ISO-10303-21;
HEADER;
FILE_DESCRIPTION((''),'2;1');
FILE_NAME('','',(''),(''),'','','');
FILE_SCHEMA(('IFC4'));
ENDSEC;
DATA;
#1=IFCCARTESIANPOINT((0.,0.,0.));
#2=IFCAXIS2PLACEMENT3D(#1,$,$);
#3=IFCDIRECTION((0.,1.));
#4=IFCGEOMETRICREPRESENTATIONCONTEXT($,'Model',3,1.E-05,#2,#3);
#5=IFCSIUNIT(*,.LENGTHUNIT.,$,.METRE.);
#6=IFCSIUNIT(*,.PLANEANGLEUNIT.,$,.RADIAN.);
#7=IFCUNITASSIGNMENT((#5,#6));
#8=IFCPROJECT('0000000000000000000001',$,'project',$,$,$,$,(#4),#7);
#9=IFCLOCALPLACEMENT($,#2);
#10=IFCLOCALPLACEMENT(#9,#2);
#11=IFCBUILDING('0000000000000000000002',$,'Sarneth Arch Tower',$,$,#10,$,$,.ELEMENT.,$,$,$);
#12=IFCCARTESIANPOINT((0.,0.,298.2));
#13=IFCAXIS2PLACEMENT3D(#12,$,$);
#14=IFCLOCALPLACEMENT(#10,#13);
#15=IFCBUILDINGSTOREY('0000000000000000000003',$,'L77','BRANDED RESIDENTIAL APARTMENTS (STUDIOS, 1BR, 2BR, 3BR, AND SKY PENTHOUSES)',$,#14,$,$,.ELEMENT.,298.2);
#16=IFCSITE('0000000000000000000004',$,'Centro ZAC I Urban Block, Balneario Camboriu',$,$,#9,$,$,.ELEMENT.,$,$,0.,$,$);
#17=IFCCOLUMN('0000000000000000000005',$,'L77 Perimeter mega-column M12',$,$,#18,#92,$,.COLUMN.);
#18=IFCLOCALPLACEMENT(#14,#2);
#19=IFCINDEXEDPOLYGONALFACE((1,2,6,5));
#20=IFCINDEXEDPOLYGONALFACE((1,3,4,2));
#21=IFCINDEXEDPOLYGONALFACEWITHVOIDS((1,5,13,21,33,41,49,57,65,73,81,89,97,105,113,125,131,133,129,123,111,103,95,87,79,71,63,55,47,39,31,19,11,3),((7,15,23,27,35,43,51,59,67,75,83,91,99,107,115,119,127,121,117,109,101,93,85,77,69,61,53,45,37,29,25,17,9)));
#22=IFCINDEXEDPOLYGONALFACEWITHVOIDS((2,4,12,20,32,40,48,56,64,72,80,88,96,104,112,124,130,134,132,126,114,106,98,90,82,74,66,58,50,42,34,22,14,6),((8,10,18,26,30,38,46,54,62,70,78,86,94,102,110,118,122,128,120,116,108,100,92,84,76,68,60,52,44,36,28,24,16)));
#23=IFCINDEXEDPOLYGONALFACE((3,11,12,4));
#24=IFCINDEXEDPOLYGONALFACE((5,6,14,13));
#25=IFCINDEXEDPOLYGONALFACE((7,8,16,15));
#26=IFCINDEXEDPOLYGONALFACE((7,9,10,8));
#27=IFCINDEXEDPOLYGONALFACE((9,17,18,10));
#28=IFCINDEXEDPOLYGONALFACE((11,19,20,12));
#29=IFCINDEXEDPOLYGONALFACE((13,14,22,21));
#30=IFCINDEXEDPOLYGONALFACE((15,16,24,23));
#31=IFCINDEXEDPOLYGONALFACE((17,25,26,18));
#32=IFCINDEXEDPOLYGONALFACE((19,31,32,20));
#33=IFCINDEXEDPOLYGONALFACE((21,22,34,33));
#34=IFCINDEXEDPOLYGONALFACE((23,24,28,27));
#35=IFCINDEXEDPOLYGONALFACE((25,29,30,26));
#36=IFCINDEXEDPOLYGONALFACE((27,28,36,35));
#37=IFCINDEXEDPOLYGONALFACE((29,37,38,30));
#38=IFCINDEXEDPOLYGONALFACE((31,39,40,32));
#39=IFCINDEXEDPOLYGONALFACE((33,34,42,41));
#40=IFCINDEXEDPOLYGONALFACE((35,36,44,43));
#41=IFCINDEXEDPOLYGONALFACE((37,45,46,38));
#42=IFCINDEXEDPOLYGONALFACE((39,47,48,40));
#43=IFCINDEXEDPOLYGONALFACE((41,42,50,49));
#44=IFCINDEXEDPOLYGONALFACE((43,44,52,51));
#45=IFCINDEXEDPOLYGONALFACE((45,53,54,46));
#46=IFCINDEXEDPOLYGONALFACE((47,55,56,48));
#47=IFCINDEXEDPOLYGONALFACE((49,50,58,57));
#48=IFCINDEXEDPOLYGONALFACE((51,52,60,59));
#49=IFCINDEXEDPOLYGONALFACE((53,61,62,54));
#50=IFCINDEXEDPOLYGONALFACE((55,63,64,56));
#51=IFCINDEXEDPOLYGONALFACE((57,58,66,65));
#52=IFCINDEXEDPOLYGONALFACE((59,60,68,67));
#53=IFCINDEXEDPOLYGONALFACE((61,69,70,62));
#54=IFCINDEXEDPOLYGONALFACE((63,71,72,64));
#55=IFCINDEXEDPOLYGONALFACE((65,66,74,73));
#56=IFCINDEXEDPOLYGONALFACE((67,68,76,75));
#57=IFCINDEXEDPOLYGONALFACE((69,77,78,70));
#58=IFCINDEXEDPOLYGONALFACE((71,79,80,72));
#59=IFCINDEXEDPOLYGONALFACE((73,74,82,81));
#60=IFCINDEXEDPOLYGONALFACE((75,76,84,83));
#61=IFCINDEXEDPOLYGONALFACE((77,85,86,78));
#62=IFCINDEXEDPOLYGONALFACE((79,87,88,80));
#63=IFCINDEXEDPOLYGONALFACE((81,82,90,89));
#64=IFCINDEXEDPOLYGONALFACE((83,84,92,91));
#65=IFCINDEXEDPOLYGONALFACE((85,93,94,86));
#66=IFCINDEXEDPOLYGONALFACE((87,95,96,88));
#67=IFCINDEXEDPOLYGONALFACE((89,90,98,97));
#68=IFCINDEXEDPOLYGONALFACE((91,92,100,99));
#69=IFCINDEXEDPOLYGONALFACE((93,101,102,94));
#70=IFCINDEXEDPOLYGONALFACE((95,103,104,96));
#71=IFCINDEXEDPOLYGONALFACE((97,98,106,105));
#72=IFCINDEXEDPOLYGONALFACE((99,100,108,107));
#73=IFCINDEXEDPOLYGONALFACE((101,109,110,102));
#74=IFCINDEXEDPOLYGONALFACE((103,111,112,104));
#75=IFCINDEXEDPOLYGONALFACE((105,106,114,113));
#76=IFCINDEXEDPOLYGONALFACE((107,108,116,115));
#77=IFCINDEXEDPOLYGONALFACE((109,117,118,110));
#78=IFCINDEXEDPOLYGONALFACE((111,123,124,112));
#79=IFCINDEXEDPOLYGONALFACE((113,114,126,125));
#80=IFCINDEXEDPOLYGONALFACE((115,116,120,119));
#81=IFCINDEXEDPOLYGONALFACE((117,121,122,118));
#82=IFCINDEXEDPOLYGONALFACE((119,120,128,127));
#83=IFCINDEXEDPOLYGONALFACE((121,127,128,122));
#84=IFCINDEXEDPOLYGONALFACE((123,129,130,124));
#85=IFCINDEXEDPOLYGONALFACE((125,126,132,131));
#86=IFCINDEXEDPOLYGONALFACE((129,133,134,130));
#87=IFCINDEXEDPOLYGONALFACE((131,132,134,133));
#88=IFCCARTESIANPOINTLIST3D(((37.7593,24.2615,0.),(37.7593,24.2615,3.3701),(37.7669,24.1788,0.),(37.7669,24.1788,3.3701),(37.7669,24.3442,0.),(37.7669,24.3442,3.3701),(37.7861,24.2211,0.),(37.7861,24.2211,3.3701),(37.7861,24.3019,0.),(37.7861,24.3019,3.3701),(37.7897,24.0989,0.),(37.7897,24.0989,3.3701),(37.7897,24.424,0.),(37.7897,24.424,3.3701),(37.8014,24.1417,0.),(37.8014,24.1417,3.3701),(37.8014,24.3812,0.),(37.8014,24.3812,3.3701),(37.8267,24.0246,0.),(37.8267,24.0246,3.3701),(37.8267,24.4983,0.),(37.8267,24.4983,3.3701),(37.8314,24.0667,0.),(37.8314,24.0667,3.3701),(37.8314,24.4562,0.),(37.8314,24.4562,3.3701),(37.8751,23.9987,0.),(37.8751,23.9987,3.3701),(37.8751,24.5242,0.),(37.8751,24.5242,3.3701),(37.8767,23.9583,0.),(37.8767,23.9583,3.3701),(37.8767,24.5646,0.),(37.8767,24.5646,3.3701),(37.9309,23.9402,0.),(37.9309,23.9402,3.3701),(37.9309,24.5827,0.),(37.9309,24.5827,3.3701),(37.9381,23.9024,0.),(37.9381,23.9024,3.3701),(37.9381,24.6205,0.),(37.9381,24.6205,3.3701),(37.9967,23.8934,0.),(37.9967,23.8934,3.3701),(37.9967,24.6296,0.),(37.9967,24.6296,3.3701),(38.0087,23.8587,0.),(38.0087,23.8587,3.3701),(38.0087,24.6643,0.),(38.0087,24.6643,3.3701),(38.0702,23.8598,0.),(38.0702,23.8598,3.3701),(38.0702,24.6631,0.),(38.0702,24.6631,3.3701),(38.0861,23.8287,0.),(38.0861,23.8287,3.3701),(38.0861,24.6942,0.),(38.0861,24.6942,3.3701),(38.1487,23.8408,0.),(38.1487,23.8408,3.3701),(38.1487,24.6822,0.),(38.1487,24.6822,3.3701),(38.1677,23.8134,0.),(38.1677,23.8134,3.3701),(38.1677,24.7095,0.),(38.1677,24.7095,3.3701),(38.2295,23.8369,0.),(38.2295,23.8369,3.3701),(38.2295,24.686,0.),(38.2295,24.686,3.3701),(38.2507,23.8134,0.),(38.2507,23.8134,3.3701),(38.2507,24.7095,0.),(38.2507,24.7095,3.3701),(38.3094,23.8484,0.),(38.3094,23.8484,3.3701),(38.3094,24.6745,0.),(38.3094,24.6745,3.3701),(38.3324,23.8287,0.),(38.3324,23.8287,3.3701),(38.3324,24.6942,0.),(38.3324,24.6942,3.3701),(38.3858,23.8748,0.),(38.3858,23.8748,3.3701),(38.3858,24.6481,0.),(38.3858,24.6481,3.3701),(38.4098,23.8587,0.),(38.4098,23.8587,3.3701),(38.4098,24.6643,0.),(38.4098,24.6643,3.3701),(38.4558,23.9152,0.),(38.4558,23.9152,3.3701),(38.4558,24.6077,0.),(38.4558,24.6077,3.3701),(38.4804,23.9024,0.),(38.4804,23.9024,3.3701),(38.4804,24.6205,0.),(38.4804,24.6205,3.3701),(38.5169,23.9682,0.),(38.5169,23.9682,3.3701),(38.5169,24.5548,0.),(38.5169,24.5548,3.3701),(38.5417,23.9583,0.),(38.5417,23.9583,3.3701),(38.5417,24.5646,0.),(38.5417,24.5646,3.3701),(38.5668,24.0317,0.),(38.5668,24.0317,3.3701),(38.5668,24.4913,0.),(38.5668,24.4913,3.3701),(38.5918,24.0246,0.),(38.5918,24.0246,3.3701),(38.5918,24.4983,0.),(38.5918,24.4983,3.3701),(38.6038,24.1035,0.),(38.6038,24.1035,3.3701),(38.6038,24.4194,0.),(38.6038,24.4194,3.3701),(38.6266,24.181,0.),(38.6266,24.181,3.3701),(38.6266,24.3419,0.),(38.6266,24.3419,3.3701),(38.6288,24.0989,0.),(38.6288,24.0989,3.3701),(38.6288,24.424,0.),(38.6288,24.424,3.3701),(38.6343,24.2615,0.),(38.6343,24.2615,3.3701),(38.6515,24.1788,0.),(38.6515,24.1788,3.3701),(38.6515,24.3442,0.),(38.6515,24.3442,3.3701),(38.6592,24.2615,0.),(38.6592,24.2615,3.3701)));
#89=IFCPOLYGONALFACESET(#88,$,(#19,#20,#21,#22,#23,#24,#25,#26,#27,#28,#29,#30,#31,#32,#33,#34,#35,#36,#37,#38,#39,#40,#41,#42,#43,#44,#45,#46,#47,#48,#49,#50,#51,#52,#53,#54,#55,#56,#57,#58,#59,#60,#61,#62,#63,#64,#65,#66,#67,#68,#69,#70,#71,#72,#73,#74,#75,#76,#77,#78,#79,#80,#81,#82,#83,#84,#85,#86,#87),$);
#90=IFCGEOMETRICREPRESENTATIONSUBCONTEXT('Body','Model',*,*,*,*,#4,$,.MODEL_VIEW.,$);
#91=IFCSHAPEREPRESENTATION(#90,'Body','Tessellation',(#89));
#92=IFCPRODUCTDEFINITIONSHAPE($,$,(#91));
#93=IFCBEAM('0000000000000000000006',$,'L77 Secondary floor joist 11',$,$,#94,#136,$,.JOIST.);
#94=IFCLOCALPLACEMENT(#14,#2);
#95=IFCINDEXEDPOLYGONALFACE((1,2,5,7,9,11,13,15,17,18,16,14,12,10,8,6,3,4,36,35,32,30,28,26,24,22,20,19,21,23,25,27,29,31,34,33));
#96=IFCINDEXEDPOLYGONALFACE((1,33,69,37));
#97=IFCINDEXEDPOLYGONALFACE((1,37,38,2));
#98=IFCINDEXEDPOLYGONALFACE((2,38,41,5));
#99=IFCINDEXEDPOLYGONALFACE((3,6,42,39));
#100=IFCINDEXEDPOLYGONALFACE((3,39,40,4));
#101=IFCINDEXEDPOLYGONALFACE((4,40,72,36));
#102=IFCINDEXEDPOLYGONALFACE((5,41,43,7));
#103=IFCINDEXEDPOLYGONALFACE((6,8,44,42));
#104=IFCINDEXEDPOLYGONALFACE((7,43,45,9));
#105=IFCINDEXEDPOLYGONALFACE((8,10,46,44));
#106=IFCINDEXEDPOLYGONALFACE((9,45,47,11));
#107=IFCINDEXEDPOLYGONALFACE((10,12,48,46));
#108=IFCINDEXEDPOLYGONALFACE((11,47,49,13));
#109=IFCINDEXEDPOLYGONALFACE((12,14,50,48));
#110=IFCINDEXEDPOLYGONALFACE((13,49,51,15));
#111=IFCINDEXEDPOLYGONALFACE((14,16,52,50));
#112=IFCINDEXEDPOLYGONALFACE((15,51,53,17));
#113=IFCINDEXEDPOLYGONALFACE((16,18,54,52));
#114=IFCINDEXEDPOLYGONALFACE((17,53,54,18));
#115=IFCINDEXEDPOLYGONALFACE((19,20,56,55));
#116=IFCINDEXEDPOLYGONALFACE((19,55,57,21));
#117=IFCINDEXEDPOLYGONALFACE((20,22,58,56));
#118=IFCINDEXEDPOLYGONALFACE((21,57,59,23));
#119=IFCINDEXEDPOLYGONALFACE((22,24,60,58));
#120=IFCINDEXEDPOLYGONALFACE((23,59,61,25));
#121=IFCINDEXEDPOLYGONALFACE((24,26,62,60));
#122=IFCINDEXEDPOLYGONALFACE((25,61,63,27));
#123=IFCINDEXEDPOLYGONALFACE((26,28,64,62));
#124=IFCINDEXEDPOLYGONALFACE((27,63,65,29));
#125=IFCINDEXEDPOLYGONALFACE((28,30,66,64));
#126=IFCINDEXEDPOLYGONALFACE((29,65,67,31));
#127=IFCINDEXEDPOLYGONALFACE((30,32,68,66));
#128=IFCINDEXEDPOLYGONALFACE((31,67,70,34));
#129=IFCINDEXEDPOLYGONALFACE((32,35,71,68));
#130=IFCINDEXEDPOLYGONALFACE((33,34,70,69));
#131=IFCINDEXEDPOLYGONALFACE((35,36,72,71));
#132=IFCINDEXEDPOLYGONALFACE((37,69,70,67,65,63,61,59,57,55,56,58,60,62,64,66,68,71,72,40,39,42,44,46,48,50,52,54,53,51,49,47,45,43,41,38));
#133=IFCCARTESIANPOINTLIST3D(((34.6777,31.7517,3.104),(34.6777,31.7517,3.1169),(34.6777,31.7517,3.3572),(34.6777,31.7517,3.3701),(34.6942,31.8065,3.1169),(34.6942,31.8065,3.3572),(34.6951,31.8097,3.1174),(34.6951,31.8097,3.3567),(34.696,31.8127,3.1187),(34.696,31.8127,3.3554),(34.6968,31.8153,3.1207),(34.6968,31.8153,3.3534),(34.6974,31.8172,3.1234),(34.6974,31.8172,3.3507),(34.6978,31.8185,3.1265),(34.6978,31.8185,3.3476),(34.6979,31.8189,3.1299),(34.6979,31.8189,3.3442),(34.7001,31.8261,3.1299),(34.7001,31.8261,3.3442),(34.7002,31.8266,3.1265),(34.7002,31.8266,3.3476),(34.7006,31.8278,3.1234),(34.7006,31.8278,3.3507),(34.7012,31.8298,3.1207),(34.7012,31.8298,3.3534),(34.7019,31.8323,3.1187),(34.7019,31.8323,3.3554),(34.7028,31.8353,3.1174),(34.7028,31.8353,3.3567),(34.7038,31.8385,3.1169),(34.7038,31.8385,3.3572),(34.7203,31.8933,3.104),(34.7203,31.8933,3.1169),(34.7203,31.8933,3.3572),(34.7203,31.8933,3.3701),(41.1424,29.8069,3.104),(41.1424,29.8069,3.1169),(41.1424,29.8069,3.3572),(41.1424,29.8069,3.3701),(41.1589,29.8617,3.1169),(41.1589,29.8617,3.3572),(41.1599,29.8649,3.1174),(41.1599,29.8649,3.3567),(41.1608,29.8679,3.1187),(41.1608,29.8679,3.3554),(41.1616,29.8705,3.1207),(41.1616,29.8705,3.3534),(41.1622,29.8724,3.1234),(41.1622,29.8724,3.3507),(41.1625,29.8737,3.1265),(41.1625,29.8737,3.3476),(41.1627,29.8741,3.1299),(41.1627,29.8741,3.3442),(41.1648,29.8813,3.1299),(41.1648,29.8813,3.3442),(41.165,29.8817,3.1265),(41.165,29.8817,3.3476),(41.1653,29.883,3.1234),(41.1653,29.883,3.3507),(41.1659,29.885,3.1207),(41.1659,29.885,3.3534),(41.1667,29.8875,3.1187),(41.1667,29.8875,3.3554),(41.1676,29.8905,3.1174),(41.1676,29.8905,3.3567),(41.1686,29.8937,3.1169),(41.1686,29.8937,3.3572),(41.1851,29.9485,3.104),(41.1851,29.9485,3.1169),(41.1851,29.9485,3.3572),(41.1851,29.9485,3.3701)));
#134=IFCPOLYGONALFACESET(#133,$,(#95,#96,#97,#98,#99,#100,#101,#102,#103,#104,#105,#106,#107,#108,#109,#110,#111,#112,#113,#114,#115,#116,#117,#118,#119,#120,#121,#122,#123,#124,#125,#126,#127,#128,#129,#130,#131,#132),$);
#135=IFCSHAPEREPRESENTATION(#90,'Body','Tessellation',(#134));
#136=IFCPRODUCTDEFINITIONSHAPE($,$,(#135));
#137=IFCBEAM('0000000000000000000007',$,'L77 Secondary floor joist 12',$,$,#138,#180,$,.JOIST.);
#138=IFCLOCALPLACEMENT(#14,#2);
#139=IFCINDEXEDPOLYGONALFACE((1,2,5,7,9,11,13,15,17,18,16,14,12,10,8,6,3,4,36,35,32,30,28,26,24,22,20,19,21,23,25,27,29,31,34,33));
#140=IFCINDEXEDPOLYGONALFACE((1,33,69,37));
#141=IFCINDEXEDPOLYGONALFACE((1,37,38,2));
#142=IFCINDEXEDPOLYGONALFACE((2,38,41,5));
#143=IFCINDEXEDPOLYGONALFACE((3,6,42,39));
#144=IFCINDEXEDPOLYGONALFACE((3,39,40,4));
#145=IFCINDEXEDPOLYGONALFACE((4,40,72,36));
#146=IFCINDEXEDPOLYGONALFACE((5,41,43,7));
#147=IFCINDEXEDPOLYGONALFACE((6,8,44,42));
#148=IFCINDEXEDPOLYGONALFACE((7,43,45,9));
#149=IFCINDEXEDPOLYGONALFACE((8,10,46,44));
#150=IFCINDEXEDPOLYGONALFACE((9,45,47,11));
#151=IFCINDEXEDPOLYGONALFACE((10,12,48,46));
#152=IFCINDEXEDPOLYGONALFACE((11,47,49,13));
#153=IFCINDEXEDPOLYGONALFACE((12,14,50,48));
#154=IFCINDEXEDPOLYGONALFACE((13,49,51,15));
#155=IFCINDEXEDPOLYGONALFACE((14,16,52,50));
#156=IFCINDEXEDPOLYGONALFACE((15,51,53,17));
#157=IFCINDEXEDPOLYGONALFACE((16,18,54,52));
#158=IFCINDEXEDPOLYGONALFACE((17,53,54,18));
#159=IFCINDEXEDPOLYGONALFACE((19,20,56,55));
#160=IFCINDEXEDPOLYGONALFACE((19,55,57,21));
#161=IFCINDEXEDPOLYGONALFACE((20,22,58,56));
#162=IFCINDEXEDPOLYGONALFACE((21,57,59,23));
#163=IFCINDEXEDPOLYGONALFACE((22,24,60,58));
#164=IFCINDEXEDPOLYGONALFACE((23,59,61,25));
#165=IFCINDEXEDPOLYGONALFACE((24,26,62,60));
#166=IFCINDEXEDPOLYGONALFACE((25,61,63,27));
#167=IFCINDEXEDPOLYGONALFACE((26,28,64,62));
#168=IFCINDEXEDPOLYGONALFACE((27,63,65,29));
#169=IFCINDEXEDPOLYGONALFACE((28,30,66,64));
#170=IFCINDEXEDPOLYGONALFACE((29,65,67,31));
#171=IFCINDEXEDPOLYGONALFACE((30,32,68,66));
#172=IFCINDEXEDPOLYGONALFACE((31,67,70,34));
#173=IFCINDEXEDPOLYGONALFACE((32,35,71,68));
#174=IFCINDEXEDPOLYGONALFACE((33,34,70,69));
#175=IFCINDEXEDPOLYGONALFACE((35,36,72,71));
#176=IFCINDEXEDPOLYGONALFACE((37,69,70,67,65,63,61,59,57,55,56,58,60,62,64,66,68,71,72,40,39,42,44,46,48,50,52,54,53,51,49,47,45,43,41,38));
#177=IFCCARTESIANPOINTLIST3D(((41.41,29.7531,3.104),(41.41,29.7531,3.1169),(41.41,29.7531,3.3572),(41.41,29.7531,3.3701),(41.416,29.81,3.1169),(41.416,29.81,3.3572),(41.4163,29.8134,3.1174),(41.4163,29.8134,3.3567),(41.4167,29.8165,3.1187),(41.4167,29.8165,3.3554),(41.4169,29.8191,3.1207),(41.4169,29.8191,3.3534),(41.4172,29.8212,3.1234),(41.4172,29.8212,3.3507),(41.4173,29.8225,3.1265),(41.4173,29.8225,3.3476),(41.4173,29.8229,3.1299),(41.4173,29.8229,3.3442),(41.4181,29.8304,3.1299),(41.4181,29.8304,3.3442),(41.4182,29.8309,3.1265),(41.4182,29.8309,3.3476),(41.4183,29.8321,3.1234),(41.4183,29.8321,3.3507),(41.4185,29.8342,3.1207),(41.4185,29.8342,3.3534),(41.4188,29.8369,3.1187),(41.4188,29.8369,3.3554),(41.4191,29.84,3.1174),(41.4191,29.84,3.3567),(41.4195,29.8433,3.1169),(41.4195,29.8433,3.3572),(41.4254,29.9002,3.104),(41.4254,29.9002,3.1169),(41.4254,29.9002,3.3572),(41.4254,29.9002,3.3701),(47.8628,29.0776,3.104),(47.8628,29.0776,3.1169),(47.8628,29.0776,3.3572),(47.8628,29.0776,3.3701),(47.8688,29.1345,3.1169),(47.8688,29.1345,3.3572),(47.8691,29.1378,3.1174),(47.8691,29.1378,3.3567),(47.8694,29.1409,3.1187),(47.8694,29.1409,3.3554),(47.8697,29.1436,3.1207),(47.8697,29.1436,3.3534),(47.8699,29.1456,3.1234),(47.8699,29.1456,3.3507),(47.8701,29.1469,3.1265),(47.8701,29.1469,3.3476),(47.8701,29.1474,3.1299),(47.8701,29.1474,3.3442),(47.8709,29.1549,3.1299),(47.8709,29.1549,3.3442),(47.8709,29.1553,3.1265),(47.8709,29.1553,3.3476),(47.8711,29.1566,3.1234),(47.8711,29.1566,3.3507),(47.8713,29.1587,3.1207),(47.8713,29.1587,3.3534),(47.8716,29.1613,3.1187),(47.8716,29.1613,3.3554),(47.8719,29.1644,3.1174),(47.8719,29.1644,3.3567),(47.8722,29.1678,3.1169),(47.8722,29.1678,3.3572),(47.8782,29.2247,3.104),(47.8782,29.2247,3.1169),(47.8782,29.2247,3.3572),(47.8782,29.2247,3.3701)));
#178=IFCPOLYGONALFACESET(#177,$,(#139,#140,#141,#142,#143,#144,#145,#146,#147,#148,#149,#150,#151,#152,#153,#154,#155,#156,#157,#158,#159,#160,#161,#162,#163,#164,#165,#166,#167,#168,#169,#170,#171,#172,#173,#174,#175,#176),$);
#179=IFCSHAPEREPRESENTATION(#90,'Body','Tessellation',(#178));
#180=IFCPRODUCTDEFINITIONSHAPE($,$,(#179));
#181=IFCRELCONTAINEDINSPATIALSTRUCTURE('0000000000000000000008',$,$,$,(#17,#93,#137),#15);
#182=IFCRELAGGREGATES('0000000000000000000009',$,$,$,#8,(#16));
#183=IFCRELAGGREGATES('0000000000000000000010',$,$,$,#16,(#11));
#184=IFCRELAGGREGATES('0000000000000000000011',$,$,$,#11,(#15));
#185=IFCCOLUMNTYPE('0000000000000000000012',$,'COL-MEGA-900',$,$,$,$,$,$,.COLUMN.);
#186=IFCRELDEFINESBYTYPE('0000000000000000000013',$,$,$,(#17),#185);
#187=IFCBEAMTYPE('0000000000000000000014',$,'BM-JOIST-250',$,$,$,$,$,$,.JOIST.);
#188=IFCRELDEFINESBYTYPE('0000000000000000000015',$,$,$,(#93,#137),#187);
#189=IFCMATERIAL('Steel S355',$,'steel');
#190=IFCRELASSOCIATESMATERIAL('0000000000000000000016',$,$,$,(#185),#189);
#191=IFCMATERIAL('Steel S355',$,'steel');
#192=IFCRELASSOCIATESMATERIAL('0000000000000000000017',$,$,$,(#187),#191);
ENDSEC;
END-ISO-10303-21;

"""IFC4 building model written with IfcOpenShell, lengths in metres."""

from ifc_helpers import new_model, si_unit, direction, frame, origin, origin_2d, place, context, subcontext, project, spatial, hollow_circle, i_section, extrude, material, material_profile, profile_set, type_object, element, save


model = new_model("IFC4")

# Units and contexts
model_context = context("Model", 3, precision=1e-05, world=origin(), true_north=direction((0.0, 1.0)))
body_context = subcontext(model_context, "Body", "Model", "MODEL_VIEW")
ifc_project = project(units=[si_unit("LENGTHUNIT", "METRE"), si_unit("PLANEANGLEUNIT", "RADIAN")], contexts=[model_context])

# Site, building, storey
site_placement = place(None, origin())
site = spatial("IfcSite", under=ifc_project, at=site_placement, Name="Centro ZAC I Urban Block, Balneario Camboriu", CompositionType="ELEMENT", RefElevation=0.0)
building_placement = place(site_placement, origin())
building = spatial("IfcBuilding", under=site, at=building_placement, Name="Sarneth Arch Tower", CompositionType="ELEMENT")
storey_placement = place(building_placement, frame((0.0, 0.0, 298.2)))
storey = spatial("IfcBuildingStorey", under=building, at=storey_placement, Name="L77", Description="BRANDED RESIDENTIAL APARTMENTS (STUDIOS, 1BR, 2BR, 3BR, AND SKY PENTHOUSES)", CompositionType="ELEMENT", Elevation=298.2)

# Column
ifc_material_1 = material(Name="Steel S355", Category="steel")
ifc_material_profile_1 = material_profile(ifc_material_1, hollow_circle(Radius=0.45, WallThickness=0.0249, at=origin_2d()), Name="CHS900x25")
ifc_profile_set_1 = profile_set([ifc_material_profile_1], Name="Steel S355")
column_type = type_object("IfcColumnType", Name="COL-MEGA-900", PredefinedType="COLUMN", material=ifc_profile_set_1)
column_placement = place(storey_placement, frame((38.2092, 24.2615, 0.0), z_axis=(0.0, 0.0, 1.0), x_axis=(1.0, 0.0, 0.0)))
element("IfcColumn", 1, at=column_placement, inside=storey, type_object=column_type, Name="L77 Perimeter mega-column M12", PredefinedType="COLUMN", context=body_context, shape_type="SweptSolid", body=[
    extrude(hollow_circle(Radius=0.45, WallThickness=0.0249, at=origin_2d()), origin(), (0.0, 0.0, 1.0), 3.3701),
])

# Beams
ifc_material_2 = material(Name="Steel S355", Category="steel")
ifc_material_profile_2 = material_profile(ifc_material_2, i_section(OverallWidth=0.1479, OverallDepth=0.2661, WebThickness=0.0076, FlangeThickness=0.0129, FilletRadius=0.0129, at=origin_2d()), Name="W250x44.8")
ifc_profile_set_2 = profile_set([ifc_material_profile_2], Name="Steel S355")
beam_type_1 = type_object("IfcBeamType", Name="BM-JOIST-250", PredefinedType="JOIST", material=ifc_profile_set_2)
beam_1_placement = place(storey_placement, frame((34.699, 31.8225, 3.2371), z_axis=(0.957607, -0.288078, 0.0), x_axis=(0.288078, 0.957607, 0.0)))
element("IfcBeam", 2, at=beam_1_placement, inside=storey, type_object=beam_type_1, Name="L77 Secondary floor joist 11", PredefinedType="JOIST", context=body_context, shape_type="SweptSolid", body=[
    extrude(i_section(OverallWidth=0.1479, OverallDepth=0.2661, WebThickness=0.0076, FlangeThickness=0.0129, FilletRadius=0.0129, at=origin_2d()), origin(), (0.0, 0.0, 1.0), 6.751),
])
beam_2_placement = place(storey_placement, frame((41.4177, 29.8267, 3.2371), z_axis=(0.994565, -0.104119, 0.0), x_axis=(0.104119, 0.994565, 0.0)))
element("IfcBeam", 3, at=beam_2_placement, inside=storey, type_object=beam_type_1, Name="L77 Secondary floor joist 12", PredefinedType="JOIST", context=body_context, shape_type="SweptSolid", body=[
    extrude(i_section(OverallWidth=0.1479, OverallDepth=0.2661, WebThickness=0.0076, FlangeThickness=0.0129, FilletRadius=0.0129, at=origin_2d()), origin(), (0.0, 0.0, 1.0), 6.488),
])

save(model, "model.ifc")
